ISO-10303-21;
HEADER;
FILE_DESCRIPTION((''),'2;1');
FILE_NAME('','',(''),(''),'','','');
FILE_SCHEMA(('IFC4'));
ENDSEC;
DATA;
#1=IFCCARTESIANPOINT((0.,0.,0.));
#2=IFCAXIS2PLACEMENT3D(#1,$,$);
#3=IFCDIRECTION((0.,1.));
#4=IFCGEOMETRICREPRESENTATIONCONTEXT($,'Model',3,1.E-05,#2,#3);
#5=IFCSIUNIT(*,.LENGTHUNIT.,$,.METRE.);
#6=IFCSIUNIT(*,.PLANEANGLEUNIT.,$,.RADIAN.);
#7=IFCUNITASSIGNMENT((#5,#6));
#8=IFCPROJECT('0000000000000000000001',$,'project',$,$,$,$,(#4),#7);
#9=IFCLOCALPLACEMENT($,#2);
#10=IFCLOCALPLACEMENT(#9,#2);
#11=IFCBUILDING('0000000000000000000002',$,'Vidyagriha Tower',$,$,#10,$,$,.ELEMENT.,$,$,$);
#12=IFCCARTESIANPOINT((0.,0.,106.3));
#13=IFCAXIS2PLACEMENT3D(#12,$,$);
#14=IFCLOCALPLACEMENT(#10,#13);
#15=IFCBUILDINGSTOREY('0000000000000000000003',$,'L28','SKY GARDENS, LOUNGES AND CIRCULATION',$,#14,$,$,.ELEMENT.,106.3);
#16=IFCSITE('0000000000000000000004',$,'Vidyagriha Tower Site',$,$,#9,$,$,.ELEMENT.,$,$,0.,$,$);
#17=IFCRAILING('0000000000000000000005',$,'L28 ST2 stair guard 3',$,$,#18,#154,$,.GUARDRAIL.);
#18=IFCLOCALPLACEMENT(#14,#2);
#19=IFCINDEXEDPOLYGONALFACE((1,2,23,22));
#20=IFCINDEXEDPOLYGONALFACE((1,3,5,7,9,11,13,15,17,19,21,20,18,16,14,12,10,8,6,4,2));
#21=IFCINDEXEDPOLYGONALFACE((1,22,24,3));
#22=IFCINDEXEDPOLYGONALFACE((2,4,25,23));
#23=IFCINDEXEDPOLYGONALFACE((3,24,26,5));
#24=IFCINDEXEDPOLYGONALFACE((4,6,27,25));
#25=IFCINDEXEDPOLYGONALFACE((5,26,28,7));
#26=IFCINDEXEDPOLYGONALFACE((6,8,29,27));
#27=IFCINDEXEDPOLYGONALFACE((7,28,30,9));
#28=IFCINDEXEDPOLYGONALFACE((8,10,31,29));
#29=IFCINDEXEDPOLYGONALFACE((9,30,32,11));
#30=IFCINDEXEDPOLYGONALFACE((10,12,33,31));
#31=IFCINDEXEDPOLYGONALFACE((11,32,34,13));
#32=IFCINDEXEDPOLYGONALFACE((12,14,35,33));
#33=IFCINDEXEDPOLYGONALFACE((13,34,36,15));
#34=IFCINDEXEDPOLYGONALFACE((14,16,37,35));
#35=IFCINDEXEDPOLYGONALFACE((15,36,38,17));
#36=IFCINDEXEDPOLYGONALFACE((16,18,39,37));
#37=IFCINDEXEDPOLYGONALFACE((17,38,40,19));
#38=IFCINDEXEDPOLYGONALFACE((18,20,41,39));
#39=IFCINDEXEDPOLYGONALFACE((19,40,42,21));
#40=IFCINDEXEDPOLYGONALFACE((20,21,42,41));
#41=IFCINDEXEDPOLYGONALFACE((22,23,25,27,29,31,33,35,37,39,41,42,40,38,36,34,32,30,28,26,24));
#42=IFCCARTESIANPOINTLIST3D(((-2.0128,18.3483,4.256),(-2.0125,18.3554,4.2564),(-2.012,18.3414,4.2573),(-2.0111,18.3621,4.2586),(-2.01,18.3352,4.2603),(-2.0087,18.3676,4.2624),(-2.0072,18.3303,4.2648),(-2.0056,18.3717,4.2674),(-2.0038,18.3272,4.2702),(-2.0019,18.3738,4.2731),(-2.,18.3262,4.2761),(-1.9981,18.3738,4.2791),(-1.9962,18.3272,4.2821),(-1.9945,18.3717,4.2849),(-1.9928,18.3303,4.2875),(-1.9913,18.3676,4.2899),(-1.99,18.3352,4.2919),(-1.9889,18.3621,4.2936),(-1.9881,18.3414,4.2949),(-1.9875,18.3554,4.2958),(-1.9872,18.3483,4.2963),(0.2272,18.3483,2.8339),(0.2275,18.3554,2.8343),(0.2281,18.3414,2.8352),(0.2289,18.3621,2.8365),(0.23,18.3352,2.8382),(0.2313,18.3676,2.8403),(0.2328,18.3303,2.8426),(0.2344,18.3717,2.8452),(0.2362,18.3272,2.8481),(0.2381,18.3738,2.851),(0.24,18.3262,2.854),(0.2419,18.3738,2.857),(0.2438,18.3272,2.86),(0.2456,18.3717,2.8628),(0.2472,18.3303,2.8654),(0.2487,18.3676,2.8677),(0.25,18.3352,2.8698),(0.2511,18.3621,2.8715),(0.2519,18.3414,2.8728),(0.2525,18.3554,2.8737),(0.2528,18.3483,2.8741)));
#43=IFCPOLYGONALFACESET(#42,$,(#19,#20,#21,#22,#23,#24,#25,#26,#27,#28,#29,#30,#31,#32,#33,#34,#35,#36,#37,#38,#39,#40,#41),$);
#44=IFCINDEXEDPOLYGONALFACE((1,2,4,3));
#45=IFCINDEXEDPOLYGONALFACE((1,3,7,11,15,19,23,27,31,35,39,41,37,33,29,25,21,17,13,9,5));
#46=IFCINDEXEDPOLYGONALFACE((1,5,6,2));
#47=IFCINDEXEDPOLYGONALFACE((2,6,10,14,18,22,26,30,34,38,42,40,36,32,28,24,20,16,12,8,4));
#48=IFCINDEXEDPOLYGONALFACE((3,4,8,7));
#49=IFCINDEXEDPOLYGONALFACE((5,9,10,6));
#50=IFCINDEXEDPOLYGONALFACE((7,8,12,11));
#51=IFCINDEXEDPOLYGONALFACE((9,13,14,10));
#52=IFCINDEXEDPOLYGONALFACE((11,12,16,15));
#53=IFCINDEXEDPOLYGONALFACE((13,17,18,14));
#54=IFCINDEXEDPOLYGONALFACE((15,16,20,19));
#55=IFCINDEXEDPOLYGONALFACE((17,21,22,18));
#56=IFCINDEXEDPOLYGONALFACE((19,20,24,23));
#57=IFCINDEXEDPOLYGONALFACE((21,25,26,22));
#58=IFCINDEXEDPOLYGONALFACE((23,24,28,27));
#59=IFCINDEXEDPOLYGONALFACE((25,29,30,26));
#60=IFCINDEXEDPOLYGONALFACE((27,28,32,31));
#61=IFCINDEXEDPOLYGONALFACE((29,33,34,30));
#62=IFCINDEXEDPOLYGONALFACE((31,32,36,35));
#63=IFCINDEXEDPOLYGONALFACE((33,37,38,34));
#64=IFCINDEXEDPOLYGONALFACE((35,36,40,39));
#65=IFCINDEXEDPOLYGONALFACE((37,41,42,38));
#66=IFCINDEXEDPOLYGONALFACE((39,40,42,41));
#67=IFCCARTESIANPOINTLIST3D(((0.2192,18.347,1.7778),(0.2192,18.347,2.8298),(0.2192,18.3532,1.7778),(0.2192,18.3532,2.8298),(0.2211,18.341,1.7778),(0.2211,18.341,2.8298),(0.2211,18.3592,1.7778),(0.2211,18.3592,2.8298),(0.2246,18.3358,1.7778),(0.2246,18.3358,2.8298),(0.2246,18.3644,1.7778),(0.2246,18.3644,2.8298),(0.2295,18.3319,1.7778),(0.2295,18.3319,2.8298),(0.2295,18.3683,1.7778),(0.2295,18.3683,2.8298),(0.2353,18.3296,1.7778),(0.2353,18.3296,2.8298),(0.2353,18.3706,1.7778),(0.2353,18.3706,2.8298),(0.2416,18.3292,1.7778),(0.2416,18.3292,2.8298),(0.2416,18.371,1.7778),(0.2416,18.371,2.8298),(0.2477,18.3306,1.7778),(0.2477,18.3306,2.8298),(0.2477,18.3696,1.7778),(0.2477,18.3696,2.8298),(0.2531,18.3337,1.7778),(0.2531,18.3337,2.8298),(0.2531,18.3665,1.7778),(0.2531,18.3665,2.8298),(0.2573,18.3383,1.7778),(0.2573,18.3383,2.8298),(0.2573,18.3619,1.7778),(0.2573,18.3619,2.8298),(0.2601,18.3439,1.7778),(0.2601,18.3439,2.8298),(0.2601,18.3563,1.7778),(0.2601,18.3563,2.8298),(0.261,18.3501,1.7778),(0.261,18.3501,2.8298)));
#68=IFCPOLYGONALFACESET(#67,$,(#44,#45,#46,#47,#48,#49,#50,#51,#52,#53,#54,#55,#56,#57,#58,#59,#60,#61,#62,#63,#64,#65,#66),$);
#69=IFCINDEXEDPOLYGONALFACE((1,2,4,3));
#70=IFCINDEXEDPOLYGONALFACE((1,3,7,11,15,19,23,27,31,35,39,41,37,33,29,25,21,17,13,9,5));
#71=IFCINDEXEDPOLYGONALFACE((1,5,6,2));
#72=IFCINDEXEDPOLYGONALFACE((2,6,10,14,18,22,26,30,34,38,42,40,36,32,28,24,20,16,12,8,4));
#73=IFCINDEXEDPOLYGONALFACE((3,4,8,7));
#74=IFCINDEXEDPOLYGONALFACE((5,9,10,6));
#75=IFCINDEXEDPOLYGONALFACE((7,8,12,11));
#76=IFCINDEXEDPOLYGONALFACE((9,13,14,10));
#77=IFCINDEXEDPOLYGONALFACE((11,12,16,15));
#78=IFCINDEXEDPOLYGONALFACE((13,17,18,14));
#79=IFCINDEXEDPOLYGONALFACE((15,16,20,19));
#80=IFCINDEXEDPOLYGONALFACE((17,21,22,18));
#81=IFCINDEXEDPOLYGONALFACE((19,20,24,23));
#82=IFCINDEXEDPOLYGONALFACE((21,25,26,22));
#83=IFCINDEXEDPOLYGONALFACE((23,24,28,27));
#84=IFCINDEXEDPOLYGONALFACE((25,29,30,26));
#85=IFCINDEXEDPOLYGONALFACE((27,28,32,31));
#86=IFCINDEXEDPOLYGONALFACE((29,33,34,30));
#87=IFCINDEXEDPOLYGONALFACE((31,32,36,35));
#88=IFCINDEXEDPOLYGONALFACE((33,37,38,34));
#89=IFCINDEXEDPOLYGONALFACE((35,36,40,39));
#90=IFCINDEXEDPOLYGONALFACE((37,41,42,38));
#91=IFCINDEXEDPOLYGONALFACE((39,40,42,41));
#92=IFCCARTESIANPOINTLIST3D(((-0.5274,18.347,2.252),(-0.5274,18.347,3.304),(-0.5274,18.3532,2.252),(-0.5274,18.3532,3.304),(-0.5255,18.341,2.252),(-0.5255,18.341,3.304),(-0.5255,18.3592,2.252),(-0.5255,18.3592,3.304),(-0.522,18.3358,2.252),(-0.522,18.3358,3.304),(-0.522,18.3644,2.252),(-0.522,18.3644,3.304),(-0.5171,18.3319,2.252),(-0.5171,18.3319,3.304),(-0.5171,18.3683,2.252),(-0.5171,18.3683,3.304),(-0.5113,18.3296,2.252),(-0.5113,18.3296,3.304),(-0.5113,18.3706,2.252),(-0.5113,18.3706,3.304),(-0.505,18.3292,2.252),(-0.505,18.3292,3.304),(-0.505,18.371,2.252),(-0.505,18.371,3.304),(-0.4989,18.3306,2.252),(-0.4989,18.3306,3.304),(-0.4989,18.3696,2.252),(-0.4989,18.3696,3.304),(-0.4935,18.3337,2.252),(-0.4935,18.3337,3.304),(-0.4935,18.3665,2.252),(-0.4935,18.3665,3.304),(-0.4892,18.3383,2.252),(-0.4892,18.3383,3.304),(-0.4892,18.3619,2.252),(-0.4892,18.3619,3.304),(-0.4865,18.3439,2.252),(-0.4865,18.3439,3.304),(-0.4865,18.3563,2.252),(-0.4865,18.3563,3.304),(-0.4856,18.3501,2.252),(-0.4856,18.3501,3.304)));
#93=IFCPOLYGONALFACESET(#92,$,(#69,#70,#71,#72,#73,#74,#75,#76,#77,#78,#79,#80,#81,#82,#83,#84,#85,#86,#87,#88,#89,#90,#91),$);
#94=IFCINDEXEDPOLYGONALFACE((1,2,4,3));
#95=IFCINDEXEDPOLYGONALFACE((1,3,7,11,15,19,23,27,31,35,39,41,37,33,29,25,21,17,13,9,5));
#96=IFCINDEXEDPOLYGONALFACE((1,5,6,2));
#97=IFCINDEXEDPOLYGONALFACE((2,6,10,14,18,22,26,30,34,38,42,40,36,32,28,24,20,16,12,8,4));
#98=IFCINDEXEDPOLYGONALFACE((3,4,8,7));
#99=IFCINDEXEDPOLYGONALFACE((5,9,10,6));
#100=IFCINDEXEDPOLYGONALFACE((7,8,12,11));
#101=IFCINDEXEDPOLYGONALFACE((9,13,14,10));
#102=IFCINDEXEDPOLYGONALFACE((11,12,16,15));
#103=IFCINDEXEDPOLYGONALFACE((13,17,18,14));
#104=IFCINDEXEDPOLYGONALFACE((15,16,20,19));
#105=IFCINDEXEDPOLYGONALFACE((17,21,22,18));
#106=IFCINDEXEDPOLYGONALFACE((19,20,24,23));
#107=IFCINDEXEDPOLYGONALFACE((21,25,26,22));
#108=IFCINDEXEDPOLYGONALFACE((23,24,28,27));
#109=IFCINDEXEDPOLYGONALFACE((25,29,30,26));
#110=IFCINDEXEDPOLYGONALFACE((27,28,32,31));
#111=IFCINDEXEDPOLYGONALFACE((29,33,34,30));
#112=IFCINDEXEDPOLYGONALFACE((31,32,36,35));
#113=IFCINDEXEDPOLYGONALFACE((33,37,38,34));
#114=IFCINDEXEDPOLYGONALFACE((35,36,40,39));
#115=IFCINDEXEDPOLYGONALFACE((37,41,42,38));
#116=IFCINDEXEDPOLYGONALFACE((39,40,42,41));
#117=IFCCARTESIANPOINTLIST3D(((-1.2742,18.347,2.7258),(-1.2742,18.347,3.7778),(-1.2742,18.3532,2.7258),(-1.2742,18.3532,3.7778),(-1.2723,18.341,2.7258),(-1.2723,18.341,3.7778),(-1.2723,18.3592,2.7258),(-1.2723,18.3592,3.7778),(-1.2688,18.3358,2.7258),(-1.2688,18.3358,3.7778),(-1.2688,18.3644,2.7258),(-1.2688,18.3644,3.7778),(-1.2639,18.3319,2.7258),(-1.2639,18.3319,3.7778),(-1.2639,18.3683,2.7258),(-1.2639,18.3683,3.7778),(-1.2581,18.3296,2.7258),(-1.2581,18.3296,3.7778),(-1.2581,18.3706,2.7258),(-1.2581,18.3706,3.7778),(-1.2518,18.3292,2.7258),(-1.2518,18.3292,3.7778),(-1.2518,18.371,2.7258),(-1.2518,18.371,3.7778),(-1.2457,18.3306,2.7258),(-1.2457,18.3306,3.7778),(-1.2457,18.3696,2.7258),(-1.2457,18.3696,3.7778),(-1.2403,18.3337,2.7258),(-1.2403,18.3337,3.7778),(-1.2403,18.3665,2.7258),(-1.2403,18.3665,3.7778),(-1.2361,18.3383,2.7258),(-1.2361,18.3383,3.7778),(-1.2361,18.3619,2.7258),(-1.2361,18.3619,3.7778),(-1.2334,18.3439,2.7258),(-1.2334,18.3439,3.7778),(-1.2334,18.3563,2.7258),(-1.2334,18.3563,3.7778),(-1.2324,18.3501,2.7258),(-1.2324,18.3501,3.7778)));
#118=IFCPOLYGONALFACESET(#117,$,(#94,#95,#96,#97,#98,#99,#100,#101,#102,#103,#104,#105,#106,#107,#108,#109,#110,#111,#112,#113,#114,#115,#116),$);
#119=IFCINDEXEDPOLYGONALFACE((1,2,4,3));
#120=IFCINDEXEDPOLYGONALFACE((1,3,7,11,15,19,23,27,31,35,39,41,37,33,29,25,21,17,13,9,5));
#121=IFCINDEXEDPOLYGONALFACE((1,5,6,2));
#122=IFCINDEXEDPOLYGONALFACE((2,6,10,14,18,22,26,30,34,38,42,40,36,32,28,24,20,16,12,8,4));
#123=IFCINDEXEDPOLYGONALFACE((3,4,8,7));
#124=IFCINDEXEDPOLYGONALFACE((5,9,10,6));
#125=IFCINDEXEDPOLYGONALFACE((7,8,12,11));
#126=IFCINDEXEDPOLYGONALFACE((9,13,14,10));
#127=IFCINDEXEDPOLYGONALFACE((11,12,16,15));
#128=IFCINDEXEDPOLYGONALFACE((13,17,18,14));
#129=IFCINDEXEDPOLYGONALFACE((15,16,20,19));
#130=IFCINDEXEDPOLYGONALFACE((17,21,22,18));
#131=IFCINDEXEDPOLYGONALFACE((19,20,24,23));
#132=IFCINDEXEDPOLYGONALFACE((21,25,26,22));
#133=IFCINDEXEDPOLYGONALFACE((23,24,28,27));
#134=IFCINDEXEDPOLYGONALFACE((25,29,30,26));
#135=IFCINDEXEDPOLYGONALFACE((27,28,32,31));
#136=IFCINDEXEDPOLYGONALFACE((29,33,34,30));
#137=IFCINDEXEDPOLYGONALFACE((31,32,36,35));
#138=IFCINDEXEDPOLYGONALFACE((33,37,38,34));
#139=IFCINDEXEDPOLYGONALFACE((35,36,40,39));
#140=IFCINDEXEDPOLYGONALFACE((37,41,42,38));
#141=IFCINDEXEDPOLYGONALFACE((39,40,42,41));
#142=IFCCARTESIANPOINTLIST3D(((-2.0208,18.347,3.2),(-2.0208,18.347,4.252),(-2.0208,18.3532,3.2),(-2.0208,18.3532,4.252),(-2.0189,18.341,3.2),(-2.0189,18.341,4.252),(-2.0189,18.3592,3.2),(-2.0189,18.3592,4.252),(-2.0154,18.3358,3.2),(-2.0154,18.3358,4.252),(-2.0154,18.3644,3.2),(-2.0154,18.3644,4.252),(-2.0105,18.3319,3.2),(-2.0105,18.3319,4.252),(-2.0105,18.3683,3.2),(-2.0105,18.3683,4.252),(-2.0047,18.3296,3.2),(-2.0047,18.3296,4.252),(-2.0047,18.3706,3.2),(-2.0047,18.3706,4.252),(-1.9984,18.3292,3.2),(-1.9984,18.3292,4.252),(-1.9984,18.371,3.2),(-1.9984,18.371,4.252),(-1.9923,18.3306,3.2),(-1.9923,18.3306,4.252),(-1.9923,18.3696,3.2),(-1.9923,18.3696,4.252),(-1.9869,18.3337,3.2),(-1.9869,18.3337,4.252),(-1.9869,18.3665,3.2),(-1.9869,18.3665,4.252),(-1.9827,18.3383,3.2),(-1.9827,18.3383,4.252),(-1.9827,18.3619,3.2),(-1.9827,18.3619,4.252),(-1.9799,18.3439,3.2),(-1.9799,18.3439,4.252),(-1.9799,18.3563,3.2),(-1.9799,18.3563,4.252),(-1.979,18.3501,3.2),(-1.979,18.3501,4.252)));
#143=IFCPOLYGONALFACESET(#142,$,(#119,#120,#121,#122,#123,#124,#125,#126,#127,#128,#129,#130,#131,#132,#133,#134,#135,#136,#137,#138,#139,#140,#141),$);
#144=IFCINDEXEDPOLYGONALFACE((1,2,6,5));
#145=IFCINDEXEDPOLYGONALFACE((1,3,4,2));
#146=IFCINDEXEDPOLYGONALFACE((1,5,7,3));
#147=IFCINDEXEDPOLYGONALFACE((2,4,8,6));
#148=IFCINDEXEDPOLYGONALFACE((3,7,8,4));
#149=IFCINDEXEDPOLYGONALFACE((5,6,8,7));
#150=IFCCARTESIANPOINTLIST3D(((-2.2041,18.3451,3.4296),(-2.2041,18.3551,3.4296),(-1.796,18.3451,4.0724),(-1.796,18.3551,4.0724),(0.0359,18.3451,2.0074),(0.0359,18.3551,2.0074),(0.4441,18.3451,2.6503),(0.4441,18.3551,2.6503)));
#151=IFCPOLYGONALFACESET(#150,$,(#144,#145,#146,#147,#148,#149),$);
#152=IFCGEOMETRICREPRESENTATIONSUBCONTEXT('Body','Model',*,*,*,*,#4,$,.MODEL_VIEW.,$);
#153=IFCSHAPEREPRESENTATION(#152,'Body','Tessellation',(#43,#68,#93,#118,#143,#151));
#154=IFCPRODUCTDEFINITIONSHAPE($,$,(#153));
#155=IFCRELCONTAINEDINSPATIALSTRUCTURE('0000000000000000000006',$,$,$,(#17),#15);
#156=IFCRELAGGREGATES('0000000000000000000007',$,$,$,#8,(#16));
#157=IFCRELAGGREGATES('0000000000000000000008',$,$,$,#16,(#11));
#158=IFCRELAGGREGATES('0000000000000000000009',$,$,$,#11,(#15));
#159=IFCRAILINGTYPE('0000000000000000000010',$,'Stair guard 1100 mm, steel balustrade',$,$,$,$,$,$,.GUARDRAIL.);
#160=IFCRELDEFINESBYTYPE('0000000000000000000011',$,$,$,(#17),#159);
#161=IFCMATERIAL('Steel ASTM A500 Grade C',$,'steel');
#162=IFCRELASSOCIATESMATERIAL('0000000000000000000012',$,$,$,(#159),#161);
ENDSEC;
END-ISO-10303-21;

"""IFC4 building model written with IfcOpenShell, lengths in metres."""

from ifc_helpers import new_model, si_unit, direction, frame, origin, origin_2d, place, context, subcontext, project, spatial, rectangle, circle, extrude, material, type_object, element, save


model = new_model("IFC4")

# Units and contexts
model_context = context("Model", 3, precision=1e-05, world=origin(), true_north=direction((0.0, 1.0)))
body_context = subcontext(model_context, "Body", "Model", "MODEL_VIEW")
ifc_project = project(units=[si_unit("LENGTHUNIT", "METRE"), si_unit("PLANEANGLEUNIT", "RADIAN")], contexts=[model_context])

# Site, building, storey
site_placement = place(None, origin())
site = spatial("IfcSite", under=ifc_project, at=site_placement, Name="Vidyagriha Tower Site", CompositionType="ELEMENT", RefElevation=0.0)
building_placement = place(site_placement, origin())
building = spatial("IfcBuilding", under=site, at=building_placement, Name="Vidyagriha Tower", CompositionType="ELEMENT")
storey_placement = place(building_placement, frame((0.0, 0.0, 106.3)))
storey = spatial("IfcBuildingStorey", under=building, at=storey_placement, Name="L28", Description="SKY GARDENS, LOUNGES AND CIRCULATION", CompositionType="ELEMENT", Elevation=106.3)

# Railing
ifc_material_1 = material(Name="Steel ASTM A500 Grade C", Category="steel")
railing_type_1 = type_object("IfcRailingType", Name="Stair guard 1100 mm, steel balustrade", PredefinedType="GUARDRAIL", material=ifc_material_1)
railing_1_placement = place(storey_placement, frame((0.24, 18.3501, 1.7778)))
element("IfcRailing", 1, at=railing_1_placement, inside=storey, type_object=railing_type_1, Name="L28 ST2 stair guard 3", PredefinedType="GUARDRAIL", context=body_context, shape_type="SweptSolid", body=[
    extrude(circle(Radius=0.0239, at=origin_2d()), frame((0.0, 0.0, 1.0762), z_axis=(-0.844229, 0.0, 0.535982), x_axis=(0.0, -1.0, 0.0)), (0.0, 0.0, 1.0), 2.6533),
    extrude(circle(Radius=0.021, at=origin_2d()), origin(), (0.0, 0.0, 1.0), 1.052),
    extrude(circle(Radius=0.021, at=origin_2d()), frame((-0.7466, 0.0, 0.4741)), (0.0, 0.0, 1.0), 1.052),
    extrude(circle(Radius=0.021, at=origin_2d()), frame((-1.4934, 0.0, 0.948)), (0.0, 0.0, 1.0), 1.052),
    extrude(circle(Radius=0.021, at=origin_2d()), frame((-2.24, 0.0, 1.4221)), (0.0, 0.0, 1.0), 1.052),
    extrude(rectangle(XDim=0.01, YDim=0.7615, at=origin_2d()), frame((0.0, 0.0, 0.551), z_axis=(-0.844229, 0.0, 0.535982), x_axis=(0.0, -1.0, 0.0)), (0.0, 0.0, 1.0), 2.6533),
])

save(model, "model.ifc")
